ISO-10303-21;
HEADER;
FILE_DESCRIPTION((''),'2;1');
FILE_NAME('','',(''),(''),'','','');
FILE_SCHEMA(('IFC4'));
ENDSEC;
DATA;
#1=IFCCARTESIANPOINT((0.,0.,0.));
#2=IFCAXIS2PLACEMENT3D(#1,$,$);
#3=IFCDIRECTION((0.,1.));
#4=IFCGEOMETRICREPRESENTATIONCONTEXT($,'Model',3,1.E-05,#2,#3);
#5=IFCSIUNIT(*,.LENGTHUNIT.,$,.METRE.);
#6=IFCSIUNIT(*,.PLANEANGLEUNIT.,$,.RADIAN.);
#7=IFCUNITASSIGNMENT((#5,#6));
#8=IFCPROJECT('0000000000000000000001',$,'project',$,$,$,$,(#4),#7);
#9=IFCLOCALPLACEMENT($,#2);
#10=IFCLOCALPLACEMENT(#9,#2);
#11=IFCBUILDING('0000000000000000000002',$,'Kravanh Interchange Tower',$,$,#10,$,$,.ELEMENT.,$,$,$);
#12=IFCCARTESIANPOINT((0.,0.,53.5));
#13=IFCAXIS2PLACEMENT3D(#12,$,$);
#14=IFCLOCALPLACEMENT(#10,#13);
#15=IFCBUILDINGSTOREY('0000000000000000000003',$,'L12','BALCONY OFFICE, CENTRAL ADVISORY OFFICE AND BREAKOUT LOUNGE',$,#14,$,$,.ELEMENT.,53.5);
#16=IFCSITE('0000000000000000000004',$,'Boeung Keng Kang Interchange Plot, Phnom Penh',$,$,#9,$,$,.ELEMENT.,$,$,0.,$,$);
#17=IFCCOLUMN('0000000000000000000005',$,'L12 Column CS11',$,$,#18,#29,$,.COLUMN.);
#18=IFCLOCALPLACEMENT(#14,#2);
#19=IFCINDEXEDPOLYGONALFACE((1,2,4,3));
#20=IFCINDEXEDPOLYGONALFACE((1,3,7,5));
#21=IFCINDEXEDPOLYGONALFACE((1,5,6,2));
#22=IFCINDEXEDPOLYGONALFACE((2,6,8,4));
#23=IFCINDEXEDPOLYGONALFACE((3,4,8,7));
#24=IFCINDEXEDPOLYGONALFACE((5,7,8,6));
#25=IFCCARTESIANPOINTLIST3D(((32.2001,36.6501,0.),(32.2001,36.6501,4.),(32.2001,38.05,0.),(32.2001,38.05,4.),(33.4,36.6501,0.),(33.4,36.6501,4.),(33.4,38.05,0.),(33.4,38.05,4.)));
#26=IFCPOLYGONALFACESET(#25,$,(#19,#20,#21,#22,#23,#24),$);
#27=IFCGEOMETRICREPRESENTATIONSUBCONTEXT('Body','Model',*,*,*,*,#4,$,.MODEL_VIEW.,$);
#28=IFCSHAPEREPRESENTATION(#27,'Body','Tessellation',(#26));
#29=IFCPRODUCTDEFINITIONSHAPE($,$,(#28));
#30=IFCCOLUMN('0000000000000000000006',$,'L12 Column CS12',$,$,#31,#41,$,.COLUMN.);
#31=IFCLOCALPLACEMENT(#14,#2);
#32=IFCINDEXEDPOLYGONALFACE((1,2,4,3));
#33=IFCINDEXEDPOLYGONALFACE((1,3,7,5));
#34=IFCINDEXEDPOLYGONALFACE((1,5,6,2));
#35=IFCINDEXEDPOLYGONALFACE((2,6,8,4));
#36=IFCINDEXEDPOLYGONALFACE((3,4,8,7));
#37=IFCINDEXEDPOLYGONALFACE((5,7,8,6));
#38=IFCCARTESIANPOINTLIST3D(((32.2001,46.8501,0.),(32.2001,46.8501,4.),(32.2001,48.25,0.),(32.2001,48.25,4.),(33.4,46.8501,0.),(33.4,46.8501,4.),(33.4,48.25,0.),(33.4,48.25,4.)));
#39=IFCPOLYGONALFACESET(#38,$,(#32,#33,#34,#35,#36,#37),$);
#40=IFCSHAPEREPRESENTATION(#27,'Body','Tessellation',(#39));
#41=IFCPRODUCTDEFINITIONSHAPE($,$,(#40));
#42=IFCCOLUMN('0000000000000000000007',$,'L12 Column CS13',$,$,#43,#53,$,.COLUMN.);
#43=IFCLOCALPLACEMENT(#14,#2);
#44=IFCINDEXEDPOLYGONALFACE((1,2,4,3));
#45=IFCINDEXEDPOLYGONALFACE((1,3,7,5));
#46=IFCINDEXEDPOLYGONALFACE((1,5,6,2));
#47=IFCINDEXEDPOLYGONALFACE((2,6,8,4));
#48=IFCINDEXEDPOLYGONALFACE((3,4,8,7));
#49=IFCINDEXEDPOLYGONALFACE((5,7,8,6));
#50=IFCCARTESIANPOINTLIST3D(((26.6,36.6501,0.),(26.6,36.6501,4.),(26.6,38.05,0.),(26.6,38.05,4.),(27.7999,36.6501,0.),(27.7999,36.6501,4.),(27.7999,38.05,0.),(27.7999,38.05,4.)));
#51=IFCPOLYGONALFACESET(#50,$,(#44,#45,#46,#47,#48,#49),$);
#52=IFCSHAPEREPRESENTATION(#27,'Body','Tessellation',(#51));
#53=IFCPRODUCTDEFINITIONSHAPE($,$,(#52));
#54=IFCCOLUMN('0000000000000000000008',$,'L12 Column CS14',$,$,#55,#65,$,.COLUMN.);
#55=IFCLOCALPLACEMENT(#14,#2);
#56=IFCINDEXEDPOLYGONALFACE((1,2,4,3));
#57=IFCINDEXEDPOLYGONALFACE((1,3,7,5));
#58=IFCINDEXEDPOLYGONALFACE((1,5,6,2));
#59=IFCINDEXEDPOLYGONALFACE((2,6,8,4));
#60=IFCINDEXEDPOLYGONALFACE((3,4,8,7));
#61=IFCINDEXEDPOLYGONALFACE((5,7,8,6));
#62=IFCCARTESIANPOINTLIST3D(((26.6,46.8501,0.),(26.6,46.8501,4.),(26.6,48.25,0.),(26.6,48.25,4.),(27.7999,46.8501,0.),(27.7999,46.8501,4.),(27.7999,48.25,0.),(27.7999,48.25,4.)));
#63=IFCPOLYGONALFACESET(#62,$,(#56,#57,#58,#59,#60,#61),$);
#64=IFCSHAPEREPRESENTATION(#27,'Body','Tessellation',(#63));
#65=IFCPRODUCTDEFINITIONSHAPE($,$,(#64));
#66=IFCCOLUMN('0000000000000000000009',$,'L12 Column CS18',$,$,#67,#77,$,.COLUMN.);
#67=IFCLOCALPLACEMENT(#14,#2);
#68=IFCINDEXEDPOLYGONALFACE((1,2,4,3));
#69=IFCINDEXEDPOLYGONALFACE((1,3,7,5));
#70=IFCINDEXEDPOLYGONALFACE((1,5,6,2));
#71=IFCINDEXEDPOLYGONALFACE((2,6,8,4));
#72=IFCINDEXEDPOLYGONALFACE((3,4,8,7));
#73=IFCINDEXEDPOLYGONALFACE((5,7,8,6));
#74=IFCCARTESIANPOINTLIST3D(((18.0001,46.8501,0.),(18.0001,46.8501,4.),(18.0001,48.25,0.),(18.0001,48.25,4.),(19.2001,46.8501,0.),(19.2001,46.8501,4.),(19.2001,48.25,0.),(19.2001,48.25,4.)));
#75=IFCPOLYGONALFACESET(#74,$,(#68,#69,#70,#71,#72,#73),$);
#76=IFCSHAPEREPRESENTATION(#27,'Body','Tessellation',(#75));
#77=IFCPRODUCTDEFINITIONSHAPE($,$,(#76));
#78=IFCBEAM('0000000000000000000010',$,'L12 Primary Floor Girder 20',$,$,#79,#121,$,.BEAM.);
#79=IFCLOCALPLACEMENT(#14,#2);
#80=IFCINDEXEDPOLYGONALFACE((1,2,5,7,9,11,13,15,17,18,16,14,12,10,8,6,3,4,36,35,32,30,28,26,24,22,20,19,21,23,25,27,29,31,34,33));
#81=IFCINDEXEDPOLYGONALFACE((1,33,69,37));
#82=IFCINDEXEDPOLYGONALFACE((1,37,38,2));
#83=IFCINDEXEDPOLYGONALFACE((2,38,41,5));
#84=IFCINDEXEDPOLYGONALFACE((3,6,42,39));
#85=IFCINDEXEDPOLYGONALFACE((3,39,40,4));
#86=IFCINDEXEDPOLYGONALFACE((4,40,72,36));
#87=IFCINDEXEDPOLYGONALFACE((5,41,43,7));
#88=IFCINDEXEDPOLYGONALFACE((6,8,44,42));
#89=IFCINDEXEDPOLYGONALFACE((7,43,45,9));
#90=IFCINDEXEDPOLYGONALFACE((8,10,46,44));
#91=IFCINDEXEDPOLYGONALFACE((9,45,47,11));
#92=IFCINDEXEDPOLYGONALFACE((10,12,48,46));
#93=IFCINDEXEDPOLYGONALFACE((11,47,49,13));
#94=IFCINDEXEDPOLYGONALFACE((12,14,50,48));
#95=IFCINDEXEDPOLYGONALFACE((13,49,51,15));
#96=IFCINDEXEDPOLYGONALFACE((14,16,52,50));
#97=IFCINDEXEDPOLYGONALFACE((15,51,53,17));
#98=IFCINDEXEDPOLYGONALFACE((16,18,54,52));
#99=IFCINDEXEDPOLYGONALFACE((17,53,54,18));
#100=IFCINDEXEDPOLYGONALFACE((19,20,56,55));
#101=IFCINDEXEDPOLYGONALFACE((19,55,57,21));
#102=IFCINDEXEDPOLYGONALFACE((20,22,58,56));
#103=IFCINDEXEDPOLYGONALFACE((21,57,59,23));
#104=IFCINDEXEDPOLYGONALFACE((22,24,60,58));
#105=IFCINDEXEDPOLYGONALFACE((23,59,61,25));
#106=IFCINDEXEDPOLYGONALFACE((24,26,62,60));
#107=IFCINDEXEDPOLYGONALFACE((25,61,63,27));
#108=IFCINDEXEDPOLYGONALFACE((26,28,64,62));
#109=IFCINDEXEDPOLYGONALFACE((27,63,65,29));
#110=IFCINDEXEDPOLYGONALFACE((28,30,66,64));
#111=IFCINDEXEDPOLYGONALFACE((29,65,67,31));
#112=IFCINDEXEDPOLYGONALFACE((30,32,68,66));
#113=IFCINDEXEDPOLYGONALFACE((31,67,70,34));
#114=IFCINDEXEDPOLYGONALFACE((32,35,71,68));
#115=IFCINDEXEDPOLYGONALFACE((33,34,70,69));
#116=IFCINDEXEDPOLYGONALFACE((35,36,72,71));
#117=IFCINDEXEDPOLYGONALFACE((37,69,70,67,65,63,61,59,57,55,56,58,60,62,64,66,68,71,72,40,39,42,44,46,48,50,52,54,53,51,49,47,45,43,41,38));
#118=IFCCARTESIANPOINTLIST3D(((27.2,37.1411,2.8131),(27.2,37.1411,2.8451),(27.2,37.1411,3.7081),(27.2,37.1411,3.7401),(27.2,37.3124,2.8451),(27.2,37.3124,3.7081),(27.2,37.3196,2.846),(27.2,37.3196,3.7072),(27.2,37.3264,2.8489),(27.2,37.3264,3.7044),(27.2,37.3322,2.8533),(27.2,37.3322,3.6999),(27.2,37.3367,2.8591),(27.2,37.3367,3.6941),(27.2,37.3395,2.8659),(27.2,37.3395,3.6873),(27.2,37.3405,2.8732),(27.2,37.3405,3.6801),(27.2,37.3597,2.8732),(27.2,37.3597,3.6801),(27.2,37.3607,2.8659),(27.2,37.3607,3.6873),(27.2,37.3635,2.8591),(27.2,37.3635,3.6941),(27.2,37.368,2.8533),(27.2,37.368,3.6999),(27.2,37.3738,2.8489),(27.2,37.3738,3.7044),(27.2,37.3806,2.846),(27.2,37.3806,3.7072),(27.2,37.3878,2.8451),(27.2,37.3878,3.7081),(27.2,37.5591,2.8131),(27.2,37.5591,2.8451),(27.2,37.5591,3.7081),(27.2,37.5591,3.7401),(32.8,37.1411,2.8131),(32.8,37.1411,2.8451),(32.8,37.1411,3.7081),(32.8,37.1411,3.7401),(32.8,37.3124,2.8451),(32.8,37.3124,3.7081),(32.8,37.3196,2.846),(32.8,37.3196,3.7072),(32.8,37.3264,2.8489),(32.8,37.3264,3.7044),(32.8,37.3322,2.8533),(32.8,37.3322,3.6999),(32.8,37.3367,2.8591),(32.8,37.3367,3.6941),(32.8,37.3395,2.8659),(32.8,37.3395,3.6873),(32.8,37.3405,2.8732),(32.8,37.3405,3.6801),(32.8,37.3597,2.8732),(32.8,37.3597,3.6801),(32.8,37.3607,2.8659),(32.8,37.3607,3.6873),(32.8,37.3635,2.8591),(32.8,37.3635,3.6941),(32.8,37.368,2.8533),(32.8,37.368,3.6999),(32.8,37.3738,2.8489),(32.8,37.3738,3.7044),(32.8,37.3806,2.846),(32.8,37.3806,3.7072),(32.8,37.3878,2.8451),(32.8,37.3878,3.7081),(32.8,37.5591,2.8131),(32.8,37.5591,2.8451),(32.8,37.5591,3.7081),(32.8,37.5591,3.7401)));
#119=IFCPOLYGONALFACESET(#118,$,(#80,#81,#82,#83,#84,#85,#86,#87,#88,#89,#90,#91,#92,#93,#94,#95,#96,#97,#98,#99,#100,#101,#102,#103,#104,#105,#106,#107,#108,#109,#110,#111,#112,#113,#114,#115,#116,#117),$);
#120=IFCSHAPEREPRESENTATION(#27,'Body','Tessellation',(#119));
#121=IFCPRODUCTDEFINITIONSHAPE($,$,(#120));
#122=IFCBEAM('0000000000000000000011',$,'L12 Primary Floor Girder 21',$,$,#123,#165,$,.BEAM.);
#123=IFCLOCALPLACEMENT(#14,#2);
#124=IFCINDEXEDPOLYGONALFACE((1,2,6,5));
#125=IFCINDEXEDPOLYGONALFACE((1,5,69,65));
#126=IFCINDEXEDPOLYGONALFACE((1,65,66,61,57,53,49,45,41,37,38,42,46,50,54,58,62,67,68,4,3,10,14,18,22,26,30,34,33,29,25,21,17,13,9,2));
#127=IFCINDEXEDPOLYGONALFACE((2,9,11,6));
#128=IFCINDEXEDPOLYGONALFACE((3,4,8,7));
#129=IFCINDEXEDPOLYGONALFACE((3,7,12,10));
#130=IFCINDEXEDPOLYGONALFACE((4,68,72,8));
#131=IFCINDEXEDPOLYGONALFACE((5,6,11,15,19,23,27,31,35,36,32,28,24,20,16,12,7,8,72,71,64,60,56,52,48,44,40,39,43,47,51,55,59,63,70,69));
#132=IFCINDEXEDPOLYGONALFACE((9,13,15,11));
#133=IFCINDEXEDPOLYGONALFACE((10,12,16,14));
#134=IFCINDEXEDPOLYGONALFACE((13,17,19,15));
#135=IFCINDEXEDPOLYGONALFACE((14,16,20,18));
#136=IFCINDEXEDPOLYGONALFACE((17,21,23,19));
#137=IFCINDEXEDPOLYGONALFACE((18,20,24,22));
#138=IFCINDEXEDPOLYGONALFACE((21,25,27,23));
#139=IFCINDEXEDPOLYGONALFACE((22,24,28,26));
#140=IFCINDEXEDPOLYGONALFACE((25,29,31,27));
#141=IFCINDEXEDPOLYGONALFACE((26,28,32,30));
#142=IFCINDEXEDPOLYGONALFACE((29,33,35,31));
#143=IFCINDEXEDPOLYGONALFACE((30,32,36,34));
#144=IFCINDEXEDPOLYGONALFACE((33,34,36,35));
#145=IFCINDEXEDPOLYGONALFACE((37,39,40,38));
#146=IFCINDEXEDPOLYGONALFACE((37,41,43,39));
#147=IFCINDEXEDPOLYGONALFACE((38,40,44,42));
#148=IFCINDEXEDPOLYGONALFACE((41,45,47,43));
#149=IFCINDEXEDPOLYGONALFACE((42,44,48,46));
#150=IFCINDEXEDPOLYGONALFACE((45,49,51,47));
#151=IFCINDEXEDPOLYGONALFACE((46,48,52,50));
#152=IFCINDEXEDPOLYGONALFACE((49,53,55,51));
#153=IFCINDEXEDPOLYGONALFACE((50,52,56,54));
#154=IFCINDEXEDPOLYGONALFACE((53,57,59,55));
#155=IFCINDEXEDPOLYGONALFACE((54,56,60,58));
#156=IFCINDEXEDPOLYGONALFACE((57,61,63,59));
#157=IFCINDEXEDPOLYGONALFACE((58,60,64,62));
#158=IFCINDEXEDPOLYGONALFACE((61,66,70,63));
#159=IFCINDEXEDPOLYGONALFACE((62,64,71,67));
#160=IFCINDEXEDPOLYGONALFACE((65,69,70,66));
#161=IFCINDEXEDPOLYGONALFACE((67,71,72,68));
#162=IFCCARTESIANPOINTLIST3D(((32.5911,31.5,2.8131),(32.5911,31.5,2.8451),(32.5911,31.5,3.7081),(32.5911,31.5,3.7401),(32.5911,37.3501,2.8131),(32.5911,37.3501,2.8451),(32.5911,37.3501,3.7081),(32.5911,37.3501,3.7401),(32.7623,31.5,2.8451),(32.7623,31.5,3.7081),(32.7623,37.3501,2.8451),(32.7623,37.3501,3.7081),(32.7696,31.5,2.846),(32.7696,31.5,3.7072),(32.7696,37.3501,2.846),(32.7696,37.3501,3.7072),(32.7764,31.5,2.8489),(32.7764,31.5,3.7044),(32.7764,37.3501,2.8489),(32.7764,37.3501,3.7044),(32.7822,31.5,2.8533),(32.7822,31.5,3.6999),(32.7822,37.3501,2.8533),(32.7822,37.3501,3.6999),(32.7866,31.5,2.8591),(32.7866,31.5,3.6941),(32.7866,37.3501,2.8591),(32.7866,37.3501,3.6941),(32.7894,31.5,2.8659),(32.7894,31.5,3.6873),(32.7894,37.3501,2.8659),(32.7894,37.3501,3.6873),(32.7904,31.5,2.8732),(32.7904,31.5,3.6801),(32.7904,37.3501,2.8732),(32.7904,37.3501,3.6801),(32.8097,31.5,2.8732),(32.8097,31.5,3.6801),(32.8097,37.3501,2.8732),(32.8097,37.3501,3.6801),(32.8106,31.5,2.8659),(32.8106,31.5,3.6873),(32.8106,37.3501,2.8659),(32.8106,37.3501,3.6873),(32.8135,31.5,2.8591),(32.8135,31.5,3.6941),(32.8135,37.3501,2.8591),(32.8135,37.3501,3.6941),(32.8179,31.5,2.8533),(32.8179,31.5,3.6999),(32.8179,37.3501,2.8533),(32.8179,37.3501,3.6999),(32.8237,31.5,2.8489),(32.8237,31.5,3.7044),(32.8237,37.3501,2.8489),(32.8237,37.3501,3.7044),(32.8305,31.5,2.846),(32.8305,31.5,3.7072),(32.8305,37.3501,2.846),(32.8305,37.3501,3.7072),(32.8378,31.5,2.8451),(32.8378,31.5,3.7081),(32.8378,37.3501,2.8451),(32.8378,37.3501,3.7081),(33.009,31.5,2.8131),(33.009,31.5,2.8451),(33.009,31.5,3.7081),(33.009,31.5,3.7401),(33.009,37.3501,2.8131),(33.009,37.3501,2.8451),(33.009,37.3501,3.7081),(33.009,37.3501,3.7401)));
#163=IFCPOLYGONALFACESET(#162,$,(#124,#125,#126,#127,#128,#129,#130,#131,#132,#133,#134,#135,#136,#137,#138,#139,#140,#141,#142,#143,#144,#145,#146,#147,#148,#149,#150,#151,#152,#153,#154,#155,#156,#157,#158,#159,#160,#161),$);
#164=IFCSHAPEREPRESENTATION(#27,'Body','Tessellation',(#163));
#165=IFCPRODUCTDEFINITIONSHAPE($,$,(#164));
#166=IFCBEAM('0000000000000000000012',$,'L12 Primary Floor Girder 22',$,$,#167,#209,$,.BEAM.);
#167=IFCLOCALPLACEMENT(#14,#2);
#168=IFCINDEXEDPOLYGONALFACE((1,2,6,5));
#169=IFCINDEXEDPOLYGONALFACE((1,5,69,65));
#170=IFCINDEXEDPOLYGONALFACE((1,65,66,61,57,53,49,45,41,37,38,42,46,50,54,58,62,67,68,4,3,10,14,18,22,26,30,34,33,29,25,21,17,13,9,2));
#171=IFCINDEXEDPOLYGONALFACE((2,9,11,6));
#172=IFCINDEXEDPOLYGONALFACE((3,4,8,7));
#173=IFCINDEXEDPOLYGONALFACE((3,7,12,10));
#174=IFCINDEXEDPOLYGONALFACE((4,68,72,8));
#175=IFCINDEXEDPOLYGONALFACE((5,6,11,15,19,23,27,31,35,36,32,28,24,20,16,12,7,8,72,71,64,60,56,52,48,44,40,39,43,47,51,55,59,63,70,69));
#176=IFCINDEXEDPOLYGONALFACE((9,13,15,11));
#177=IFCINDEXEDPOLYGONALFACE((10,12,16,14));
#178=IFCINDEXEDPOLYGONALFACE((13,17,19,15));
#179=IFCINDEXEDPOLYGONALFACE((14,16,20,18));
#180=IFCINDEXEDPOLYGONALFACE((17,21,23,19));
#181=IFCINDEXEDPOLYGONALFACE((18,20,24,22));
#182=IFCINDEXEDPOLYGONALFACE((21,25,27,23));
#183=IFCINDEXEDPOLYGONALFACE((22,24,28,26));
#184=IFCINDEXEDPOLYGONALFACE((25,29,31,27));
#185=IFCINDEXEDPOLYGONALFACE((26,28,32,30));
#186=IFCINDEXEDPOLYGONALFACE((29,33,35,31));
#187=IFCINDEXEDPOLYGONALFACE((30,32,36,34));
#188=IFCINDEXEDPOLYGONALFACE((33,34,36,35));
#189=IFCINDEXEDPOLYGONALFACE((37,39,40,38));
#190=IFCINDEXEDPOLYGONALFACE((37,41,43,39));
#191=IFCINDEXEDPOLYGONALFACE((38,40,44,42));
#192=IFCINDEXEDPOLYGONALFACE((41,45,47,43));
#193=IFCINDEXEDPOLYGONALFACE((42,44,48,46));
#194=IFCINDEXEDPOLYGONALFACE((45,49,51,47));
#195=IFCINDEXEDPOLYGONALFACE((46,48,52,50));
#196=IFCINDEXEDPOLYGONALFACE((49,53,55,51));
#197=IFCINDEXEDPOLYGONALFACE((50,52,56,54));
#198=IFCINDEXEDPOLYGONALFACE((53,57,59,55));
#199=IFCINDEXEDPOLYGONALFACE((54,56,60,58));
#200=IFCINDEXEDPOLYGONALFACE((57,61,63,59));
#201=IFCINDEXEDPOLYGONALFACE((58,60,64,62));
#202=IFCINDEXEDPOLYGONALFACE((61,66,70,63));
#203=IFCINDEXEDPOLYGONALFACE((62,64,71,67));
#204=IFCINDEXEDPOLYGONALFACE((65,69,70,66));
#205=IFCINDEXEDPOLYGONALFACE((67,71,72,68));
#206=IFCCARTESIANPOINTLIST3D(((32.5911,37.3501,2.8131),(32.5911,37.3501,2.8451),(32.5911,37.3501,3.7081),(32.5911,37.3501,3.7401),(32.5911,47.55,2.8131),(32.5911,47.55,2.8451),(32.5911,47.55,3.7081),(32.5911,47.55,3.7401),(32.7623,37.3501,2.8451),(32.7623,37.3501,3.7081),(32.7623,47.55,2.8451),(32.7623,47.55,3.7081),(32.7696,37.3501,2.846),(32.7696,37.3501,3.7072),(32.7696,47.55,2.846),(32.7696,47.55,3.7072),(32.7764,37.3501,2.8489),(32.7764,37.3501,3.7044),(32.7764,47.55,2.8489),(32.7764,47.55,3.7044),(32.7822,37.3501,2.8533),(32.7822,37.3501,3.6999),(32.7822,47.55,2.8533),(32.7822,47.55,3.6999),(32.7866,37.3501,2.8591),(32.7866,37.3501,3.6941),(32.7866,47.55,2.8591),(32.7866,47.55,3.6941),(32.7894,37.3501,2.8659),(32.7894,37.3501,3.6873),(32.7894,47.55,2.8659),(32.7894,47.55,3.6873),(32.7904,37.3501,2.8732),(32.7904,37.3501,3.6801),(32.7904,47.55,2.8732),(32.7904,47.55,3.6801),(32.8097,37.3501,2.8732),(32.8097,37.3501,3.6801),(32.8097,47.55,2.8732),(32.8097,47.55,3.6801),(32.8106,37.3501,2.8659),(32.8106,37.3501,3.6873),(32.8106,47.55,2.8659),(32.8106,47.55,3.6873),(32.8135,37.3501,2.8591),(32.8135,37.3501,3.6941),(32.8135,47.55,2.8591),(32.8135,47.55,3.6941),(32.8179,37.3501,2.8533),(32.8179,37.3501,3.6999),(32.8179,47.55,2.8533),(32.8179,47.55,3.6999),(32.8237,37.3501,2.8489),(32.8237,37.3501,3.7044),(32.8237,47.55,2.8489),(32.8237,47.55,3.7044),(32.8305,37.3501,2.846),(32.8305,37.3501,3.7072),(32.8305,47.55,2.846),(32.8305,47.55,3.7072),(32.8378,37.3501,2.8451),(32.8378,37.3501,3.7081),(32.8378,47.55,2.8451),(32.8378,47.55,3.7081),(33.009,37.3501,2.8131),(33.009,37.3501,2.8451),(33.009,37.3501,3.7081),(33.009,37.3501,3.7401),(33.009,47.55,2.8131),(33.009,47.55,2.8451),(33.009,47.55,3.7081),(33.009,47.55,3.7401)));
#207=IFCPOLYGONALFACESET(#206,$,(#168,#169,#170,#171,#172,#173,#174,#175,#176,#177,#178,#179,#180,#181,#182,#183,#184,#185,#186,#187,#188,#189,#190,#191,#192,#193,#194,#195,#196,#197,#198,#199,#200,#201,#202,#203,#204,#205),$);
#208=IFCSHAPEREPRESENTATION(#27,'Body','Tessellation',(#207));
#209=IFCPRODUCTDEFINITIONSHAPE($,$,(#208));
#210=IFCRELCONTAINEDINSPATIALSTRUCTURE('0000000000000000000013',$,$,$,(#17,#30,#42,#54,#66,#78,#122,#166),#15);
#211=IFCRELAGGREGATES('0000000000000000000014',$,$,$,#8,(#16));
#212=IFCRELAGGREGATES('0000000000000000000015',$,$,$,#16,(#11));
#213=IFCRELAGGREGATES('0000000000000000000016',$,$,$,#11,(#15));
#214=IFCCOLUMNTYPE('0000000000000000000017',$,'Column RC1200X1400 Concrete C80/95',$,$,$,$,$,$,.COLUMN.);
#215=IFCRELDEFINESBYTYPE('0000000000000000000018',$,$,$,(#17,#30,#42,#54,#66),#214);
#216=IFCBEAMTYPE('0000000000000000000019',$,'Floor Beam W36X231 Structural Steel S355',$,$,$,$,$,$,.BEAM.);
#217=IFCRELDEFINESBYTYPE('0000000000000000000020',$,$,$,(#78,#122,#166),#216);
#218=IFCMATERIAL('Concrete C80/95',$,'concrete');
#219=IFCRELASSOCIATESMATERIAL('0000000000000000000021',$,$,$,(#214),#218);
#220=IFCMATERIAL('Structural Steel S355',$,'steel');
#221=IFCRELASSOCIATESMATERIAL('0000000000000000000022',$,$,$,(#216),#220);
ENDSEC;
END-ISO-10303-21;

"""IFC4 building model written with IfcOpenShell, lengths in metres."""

from ifc_helpers import new_model, si_unit, direction, frame, origin, origin_2d, place, context, subcontext, project, spatial, rectangle, i_section, extrude, material, material_profile, profile_set, type_object, element, save


model = new_model("IFC4")

# Units and contexts
model_context = context("Model", 3, precision=1e-05, world=origin(), true_north=direction((0.0, 1.0)))
body_context = subcontext(model_context, "Body", "Model", "MODEL_VIEW")
ifc_project = project(units=[si_unit("LENGTHUNIT", "METRE"), si_unit("PLANEANGLEUNIT", "RADIAN")], contexts=[model_context])

# Site, building, storey
site_placement = place(None, origin())
site = spatial("IfcSite", under=ifc_project, at=site_placement, Name="Boeung Keng Kang Interchange Plot, Phnom Penh", CompositionType="ELEMENT", RefElevation=0.0)
building_placement = place(site_placement, origin())
building = spatial("IfcBuilding", under=site, at=building_placement, Name="Kravanh Interchange Tower", CompositionType="ELEMENT")
storey_placement = place(building_placement, frame((0.0, 0.0, 53.5)))
storey = spatial("IfcBuildingStorey", under=building, at=storey_placement, Name="L12", Description="BALCONY OFFICE, CENTRAL ADVISORY OFFICE AND BREAKOUT LOUNGE", CompositionType="ELEMENT", Elevation=53.5)

# Columns
ifc_material_1 = material(Name="Concrete C80/95", Category="concrete")
ifc_material_profile_1 = material_profile(ifc_material_1, rectangle(XDim=1.2, YDim=1.3999, at=origin_2d()), Name="RC1200X1400")
ifc_profile_set_1 = profile_set([ifc_material_profile_1], Name="Concrete C80/95")
column_type = type_object("IfcColumnType", Name="Column RC1200X1400 Concrete C80/95", PredefinedType="COLUMN", material=ifc_profile_set_1)
for number, where, z_axis, x_axis, name in (
    (1, (32.8, 37.3501, 0.0), (0.0, 0.0, 1.0), (1.0, 0.0, 0.0), "L12 Column CS11"),
    (2, (32.8, 47.55, 0.0), (0.0, 0.0, 1.0), (1.0, 0.0, 0.0), "L12 Column CS12"),
    (3, (27.2, 37.3501, 0.0), (0.0, 0.0, 1.0), (1.0, 0.0, 0.0), "L12 Column CS13"),
    (4, (27.2, 47.55, 0.0), (0.0, 0.0, 1.0), (1.0, 0.0, 0.0), "L12 Column CS14"),
    (5, (18.6001, 47.55, 0.0), (0.0, 0.0, 1.0), (1.0, 0.0, 0.0), "L12 Column CS18"),
):
    element("IfcColumn", number, at=place(storey_placement, frame(where, z_axis=z_axis, x_axis=x_axis)), inside=storey, type_object=column_type, Name=name, PredefinedType="COLUMN", context=body_context, shape_type="SweptSolid", body=[
        extrude(rectangle(XDim=1.2, YDim=1.3999, at=origin_2d()), origin(), (0.0, 0.0, 1.0), 4.0),
    ])

# Beams
ifc_material_2 = material(Name="Structural Steel S355", Category="steel")
ifc_material_profile_2 = material_profile(ifc_material_2, i_section(OverallWidth=0.418, OverallDepth=0.927, WebThickness=0.0193, FlangeThickness=0.032, FilletRadius=0.0281, at=origin_2d()), Name="W36X231")
ifc_profile_set_2 = profile_set([ifc_material_profile_2], Name="Structural Steel S355")
beam_type = type_object("IfcBeamType", Name="Floor Beam W36X231 Structural Steel S355", PredefinedType="BEAM", material=ifc_profile_set_2)
beam_1_placement = place(storey_placement, frame((32.8, 37.3501, 3.2766), z_axis=(-1.0, 0.0, 0.0), x_axis=(0.0, -1.0, 0.0)))
element("IfcBeam", 6, at=beam_1_placement, inside=storey, type_object=beam_type, Name="L12 Primary Floor Girder 20", PredefinedType="BEAM", context=body_context, shape_type="SweptSolid", body=[
    extrude(i_section(OverallWidth=0.418, OverallDepth=0.927, WebThickness=0.0193, FlangeThickness=0.032, FilletRadius=0.0281, at=origin_2d()), origin(), (0.0, 0.0, 1.0), 5.6001),
])
beam_2_placement = place(storey_placement, frame((32.8, 37.3501, 3.2766), z_axis=(0.0, -1.0, 0.0), x_axis=(1.0, 0.0, 0.0)))
element("IfcBeam", 7, at=beam_2_placement, inside=storey, type_object=beam_type, Name="L12 Primary Floor Girder 21", PredefinedType="BEAM", context=body_context, shape_type="SweptSolid", body=[
    extrude(i_section(OverallWidth=0.418, OverallDepth=0.927, WebThickness=0.0193, FlangeThickness=0.032, FilletRadius=0.0281, at=origin_2d()), origin(), (0.0, 0.0, 1.0), 5.8501),
])
beam_3_placement = place(storey_placement, frame((32.8, 37.3501, 3.2766), z_axis=(0.0, 1.0, 0.0), x_axis=(-1.0, 0.0, 0.0)))
element("IfcBeam", 8, at=beam_3_placement, inside=storey, type_object=beam_type, Name="L12 Primary Floor Girder 22", PredefinedType="BEAM", context=body_context, shape_type="SweptSolid", body=[
    extrude(i_section(OverallWidth=0.418, OverallDepth=0.927, WebThickness=0.0193, FlangeThickness=0.032, FilletRadius=0.0281, at=origin_2d()), origin(), (0.0, 0.0, 1.0), 10.2),
])

save(model, "model.ifc")
